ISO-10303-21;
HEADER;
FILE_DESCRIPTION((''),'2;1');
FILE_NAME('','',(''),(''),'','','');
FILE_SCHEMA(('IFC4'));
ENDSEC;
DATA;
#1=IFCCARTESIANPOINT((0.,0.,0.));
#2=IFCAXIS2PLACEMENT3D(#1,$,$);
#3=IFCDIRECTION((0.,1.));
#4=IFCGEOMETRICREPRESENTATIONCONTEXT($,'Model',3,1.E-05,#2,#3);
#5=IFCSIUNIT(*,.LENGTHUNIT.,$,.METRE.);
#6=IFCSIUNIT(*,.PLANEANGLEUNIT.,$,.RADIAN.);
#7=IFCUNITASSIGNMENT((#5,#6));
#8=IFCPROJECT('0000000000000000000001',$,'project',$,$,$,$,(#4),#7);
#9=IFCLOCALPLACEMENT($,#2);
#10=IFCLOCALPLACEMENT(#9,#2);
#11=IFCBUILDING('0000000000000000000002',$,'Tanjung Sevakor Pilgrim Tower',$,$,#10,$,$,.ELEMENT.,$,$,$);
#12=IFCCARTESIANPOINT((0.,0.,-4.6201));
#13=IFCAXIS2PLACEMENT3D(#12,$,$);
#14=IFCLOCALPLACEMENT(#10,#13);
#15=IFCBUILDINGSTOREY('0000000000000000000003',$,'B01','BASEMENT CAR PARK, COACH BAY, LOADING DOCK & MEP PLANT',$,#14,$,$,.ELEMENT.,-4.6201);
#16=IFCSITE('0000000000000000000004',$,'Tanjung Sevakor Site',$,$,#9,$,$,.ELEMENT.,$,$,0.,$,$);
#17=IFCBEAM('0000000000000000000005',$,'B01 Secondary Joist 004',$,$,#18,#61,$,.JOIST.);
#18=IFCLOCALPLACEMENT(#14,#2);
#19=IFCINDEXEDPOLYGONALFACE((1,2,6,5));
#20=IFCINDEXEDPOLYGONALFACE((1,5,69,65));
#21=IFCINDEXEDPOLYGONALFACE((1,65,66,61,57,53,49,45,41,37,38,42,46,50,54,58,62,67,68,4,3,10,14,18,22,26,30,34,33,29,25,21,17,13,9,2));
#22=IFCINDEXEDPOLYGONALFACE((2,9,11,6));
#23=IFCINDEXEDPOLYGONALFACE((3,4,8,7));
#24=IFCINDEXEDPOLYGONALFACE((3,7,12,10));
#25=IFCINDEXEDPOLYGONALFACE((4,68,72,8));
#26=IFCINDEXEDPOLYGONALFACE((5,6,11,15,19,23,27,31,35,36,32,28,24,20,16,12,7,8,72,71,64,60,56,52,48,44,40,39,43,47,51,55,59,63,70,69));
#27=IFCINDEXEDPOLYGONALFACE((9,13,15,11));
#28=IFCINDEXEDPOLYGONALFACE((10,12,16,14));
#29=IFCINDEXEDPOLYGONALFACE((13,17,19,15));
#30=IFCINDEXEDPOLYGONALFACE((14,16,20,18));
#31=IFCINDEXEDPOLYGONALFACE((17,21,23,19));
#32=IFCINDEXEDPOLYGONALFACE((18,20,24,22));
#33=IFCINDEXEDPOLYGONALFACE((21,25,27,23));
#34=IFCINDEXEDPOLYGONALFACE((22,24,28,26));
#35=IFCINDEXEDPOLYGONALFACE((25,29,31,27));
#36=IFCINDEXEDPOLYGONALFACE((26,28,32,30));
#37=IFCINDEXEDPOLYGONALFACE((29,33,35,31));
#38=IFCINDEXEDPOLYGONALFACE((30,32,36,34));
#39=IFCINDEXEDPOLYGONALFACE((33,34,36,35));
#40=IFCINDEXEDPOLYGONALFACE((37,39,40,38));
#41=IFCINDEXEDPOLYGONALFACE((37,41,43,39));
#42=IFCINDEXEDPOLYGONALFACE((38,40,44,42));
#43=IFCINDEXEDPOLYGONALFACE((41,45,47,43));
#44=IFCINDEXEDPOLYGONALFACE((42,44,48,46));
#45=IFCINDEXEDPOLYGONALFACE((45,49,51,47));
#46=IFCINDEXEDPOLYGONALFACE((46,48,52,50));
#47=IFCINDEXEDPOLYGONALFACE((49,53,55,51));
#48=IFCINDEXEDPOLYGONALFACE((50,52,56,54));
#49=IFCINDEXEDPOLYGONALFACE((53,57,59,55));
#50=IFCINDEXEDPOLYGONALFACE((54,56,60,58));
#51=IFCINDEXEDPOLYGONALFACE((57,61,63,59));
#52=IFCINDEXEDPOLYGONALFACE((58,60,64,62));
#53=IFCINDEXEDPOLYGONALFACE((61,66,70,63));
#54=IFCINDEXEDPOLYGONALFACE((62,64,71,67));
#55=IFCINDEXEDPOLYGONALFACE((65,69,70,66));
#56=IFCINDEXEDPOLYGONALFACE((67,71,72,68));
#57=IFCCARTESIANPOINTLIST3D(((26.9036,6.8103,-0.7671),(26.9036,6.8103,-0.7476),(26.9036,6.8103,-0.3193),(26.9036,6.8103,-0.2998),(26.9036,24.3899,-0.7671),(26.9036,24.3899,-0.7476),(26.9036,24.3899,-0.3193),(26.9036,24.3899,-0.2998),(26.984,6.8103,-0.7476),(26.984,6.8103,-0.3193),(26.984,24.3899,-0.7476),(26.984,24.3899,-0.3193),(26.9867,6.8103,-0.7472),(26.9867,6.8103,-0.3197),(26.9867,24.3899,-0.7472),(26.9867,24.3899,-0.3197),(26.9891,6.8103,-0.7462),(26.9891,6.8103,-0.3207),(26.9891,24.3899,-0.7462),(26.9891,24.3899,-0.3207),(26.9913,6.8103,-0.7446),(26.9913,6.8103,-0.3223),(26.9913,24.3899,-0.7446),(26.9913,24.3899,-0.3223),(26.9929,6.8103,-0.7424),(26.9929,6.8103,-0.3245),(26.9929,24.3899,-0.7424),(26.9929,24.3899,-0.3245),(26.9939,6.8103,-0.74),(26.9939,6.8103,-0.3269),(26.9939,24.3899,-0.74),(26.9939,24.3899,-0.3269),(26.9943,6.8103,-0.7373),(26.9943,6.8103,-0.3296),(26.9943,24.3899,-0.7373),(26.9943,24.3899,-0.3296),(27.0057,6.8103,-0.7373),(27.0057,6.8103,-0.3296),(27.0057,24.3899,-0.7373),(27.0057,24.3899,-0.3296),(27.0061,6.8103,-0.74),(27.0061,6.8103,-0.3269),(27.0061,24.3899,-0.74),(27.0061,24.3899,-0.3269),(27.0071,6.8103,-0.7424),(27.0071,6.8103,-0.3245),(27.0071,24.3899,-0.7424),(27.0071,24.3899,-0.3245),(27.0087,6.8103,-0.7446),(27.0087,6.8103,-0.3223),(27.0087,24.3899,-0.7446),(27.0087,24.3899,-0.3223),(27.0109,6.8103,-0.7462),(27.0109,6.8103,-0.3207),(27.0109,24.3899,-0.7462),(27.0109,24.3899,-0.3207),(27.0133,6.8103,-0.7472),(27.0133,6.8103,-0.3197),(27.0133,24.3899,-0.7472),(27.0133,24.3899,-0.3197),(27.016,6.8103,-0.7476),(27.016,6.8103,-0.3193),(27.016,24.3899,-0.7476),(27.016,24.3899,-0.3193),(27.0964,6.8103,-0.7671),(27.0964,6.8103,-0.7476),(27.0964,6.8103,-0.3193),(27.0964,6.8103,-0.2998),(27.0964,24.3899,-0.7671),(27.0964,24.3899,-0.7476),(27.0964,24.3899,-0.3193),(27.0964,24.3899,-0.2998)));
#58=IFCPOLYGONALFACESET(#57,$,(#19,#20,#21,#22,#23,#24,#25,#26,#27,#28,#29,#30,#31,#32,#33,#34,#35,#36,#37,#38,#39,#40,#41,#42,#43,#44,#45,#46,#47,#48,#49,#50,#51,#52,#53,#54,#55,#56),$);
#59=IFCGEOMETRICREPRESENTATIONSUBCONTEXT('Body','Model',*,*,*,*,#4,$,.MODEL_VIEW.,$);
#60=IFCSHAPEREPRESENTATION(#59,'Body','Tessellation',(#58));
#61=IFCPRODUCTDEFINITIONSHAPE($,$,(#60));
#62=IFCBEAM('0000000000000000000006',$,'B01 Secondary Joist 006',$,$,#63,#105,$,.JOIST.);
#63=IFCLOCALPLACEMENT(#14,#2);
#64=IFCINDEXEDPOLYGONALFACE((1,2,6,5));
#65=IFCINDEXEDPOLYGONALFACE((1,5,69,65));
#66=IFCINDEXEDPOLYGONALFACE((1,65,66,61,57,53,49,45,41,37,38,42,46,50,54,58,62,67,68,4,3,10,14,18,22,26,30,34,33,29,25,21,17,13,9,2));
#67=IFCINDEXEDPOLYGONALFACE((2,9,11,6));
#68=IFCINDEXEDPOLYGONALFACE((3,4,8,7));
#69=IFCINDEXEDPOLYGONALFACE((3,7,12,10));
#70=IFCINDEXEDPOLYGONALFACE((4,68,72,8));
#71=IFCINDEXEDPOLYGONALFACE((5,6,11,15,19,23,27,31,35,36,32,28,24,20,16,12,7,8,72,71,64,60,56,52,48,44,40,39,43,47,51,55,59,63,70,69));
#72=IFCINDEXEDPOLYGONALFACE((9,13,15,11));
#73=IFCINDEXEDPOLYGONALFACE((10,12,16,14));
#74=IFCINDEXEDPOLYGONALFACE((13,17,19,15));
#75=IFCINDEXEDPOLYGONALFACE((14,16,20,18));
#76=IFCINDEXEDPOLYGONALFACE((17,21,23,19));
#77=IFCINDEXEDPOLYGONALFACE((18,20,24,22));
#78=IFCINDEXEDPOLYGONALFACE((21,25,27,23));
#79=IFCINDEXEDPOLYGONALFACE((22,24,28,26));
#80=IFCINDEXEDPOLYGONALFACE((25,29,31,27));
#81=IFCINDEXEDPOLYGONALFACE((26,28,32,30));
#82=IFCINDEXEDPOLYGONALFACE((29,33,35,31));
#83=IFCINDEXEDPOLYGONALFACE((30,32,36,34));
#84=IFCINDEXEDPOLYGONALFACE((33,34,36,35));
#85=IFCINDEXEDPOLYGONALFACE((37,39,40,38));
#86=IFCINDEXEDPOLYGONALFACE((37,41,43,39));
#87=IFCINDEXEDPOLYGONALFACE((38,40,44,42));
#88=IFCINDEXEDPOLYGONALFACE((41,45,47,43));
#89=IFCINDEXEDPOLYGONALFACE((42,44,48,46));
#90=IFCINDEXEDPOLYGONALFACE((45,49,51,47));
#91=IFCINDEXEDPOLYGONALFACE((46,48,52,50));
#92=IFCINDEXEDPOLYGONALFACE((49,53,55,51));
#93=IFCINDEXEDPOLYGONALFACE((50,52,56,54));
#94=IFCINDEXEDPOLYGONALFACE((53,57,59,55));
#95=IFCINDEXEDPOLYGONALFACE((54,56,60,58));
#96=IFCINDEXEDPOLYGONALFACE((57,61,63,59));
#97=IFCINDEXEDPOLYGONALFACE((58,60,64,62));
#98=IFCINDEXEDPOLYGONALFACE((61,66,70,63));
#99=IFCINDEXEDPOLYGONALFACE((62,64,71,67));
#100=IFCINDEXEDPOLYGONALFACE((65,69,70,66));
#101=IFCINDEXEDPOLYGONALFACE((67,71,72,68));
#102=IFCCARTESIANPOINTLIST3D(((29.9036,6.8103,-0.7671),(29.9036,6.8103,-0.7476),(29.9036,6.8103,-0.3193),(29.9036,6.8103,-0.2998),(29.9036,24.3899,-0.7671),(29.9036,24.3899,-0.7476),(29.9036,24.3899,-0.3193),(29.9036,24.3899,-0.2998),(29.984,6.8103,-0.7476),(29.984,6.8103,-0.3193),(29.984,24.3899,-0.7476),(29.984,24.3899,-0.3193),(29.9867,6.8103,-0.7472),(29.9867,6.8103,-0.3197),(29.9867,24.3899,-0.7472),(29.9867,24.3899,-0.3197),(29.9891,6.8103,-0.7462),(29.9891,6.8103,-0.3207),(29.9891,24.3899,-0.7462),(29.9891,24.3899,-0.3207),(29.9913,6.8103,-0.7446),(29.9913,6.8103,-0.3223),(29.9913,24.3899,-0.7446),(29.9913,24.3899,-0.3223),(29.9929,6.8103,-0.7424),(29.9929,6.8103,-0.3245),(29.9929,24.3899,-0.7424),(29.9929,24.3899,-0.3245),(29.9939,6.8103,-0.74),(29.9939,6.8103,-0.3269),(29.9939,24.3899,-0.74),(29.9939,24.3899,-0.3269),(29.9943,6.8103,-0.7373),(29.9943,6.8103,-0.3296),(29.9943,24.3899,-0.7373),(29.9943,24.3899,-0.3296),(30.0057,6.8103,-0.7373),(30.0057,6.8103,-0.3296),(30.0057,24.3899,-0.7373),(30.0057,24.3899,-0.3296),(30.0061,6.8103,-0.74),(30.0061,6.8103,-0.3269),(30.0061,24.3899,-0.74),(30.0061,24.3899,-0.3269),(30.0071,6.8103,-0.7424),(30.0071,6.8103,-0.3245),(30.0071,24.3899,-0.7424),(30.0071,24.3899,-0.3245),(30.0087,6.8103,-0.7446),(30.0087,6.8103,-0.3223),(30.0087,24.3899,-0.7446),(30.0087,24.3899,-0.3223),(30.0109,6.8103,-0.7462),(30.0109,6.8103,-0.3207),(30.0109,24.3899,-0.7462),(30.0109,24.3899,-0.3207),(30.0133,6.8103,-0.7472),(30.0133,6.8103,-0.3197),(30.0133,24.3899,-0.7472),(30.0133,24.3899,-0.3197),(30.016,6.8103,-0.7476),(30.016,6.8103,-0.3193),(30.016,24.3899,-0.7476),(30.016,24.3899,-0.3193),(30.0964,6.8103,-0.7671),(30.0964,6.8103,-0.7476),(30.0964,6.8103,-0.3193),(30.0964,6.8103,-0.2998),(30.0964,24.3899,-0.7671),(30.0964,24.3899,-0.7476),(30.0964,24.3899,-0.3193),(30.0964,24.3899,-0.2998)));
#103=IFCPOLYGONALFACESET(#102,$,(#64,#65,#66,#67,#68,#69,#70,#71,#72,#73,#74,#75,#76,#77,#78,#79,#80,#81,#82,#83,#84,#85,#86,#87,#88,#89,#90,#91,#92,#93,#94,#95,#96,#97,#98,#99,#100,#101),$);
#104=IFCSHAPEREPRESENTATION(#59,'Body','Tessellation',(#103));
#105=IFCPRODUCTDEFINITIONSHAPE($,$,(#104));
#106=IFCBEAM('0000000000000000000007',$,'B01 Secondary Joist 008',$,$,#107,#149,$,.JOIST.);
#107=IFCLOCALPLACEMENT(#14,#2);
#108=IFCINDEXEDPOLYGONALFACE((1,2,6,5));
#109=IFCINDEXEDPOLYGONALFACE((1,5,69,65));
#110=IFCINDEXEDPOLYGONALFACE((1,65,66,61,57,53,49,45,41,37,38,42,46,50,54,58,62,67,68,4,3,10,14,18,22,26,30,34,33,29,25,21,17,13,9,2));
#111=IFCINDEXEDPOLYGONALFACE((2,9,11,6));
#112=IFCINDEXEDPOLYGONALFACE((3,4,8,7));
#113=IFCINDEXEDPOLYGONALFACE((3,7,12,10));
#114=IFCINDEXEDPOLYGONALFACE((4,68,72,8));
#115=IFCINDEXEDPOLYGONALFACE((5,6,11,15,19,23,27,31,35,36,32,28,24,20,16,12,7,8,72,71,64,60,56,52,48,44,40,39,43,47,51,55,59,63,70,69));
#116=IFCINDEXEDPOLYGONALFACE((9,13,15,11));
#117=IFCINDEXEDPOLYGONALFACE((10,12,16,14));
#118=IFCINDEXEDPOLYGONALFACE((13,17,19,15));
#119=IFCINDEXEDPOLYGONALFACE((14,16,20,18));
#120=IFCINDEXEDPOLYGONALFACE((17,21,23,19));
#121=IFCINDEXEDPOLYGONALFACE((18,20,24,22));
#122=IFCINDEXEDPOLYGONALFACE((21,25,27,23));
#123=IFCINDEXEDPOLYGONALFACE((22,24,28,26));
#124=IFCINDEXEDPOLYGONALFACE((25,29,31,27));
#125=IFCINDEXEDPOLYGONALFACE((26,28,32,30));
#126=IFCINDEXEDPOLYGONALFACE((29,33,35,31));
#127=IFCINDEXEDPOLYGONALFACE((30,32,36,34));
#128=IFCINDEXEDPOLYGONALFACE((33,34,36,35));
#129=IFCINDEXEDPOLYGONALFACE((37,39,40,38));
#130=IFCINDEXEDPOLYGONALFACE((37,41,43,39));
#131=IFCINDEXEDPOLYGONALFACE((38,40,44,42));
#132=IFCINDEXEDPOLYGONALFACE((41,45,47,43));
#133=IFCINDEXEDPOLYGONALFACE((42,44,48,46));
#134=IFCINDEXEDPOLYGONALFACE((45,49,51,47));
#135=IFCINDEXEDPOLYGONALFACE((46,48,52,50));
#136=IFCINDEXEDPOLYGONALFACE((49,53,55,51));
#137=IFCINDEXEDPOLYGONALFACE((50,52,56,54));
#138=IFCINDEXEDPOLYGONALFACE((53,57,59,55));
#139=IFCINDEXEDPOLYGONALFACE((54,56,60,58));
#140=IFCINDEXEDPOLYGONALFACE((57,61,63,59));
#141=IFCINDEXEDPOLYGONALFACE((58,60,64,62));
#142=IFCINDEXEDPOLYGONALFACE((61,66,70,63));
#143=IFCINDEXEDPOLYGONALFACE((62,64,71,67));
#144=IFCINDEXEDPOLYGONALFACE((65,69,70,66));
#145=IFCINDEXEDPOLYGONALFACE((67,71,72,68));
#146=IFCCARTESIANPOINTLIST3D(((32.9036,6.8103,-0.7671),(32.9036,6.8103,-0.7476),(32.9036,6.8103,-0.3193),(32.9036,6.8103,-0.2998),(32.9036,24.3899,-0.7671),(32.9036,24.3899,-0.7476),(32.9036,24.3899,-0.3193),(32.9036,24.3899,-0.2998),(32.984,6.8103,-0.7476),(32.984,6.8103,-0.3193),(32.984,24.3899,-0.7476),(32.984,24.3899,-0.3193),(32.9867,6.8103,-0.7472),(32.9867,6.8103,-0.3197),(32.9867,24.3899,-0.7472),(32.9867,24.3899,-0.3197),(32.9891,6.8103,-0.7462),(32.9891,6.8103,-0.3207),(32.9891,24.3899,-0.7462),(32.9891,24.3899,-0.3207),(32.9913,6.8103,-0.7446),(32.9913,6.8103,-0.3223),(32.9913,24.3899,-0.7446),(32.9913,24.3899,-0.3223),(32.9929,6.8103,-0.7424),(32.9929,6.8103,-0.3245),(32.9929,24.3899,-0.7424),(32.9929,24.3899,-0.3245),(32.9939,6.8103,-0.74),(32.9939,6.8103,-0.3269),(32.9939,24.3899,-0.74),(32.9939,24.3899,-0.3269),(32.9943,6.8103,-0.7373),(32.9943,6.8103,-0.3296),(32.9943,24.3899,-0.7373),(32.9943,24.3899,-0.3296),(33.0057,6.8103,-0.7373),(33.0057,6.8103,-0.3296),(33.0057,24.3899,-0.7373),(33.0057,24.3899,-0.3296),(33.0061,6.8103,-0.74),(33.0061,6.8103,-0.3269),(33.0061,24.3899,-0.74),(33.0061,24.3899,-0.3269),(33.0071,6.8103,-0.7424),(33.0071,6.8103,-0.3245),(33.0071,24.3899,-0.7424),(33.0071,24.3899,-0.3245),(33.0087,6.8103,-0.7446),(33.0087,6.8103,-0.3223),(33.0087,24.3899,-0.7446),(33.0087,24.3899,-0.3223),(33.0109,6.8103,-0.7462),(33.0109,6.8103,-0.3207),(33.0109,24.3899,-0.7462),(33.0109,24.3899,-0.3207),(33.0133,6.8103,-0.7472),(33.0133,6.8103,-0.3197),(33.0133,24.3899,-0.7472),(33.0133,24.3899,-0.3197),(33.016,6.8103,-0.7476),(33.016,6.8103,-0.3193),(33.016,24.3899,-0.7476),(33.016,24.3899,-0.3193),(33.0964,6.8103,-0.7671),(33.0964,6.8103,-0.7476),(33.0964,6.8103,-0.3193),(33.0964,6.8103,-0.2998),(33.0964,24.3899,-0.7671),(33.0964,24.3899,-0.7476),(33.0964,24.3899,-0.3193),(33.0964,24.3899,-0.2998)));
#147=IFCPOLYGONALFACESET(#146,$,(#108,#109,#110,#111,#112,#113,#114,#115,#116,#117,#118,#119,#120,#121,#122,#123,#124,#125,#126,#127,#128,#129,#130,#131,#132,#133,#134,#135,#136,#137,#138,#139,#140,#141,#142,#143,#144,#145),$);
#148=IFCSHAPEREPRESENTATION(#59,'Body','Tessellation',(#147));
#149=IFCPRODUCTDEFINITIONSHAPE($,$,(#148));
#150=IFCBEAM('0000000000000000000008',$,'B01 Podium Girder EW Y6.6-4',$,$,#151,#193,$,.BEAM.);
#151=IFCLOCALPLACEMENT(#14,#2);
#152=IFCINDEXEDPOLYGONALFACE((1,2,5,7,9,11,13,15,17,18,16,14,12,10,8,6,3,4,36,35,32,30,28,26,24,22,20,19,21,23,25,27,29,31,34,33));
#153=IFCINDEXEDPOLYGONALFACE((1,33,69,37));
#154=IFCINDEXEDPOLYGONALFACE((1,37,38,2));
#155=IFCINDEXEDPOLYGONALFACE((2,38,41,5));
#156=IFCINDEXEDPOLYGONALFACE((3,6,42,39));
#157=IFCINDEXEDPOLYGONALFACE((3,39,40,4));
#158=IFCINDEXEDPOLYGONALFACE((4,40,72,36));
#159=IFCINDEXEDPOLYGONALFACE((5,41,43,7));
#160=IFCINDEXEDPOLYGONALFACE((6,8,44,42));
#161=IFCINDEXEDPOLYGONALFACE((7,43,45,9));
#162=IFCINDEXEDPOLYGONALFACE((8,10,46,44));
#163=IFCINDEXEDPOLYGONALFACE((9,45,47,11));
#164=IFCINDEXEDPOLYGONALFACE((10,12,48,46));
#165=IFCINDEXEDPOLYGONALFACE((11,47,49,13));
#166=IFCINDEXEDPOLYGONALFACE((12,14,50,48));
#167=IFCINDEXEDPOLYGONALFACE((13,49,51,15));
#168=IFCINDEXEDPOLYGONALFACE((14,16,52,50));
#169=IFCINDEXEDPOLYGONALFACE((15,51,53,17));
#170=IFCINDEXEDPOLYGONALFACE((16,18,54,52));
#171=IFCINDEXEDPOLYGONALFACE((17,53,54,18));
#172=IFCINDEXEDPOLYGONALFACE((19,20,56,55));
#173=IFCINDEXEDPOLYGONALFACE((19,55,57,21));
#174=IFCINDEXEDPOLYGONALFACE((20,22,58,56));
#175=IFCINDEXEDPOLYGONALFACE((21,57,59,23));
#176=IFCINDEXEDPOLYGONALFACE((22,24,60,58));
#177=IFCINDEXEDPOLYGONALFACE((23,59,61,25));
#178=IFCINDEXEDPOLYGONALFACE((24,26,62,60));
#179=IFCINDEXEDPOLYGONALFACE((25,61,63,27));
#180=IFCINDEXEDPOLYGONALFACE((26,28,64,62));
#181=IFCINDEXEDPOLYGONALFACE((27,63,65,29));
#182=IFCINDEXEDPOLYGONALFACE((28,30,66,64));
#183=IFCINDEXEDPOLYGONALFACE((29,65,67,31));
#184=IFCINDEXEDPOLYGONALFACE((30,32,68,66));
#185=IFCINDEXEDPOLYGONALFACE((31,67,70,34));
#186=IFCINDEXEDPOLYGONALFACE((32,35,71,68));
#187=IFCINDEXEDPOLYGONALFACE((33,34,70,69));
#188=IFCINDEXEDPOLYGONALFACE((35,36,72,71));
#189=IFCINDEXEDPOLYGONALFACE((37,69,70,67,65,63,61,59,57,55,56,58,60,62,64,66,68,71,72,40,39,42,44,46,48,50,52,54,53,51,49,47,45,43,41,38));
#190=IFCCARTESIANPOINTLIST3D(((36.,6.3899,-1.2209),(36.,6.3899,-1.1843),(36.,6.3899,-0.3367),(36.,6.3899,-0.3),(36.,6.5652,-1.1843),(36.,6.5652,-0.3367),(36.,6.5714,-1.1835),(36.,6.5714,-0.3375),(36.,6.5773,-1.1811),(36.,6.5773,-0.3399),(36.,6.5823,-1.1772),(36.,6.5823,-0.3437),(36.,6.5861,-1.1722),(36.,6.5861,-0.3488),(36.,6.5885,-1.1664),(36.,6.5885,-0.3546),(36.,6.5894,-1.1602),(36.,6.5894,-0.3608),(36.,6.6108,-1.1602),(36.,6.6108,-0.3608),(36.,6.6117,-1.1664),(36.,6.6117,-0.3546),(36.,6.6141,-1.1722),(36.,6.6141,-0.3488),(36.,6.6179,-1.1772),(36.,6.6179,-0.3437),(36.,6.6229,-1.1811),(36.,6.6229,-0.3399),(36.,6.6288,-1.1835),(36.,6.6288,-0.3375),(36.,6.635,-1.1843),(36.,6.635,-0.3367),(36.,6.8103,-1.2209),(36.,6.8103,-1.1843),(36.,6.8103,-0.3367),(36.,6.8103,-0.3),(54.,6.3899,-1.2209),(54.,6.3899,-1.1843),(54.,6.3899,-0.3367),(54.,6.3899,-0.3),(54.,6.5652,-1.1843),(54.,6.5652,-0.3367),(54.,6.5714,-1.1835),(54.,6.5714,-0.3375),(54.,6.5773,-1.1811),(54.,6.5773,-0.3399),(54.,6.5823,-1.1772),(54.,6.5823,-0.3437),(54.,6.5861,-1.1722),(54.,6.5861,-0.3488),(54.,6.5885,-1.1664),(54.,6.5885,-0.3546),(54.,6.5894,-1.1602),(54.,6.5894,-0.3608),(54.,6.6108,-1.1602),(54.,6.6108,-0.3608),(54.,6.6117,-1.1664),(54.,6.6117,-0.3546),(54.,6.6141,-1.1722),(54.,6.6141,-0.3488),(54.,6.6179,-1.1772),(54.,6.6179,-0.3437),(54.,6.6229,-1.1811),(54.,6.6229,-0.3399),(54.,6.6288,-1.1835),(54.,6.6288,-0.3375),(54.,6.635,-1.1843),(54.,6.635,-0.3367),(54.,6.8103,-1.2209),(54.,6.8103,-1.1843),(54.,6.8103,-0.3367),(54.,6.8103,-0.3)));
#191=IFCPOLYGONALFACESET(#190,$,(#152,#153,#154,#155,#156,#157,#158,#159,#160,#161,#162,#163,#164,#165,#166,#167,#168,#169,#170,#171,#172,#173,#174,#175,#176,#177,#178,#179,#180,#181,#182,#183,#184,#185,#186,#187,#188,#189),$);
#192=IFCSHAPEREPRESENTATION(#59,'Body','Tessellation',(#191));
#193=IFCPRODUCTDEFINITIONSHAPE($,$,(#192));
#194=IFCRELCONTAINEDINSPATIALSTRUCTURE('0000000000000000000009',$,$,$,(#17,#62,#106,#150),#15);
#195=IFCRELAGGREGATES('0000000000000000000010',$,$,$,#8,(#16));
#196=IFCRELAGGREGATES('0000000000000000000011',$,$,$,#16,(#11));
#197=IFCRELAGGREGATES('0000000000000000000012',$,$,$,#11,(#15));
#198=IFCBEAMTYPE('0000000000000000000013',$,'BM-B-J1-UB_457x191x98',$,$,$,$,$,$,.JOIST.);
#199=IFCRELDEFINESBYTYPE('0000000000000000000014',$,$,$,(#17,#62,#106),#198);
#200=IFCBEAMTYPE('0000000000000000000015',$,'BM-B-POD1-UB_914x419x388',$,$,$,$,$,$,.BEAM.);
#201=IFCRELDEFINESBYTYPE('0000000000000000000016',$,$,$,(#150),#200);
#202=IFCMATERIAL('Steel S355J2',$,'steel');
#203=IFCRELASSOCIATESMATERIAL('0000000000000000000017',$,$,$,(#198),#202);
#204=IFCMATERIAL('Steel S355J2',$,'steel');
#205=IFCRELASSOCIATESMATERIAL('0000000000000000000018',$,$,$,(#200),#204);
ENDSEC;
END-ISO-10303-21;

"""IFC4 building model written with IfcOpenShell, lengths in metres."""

from ifc_helpers import new_model, si_unit, direction, frame, origin, origin_2d, place, context, subcontext, project, spatial, i_section, extrude, material, material_profile, profile_set, type_object, element, save


model = new_model("IFC4")

# Units and contexts
model_context = context("Model", 3, precision=1e-05, world=origin(), true_north=direction((0.0, 1.0)))
body_context = subcontext(model_context, "Body", "Model", "MODEL_VIEW")
ifc_project = project(units=[si_unit("LENGTHUNIT", "METRE"), si_unit("PLANEANGLEUNIT", "RADIAN")], contexts=[model_context])

# Site, building, storey
site_placement = place(None, origin())
site = spatial("IfcSite", under=ifc_project, at=site_placement, Name="Tanjung Sevakor Site", CompositionType="ELEMENT", RefElevation=0.0)
building_placement = place(site_placement, origin())
building = spatial("IfcBuilding", under=site, at=building_placement, Name="Tanjung Sevakor Pilgrim Tower", CompositionType="ELEMENT")
storey_placement = place(building_placement, frame((0.0, 0.0, -4.6201)))
storey = spatial("IfcBuildingStorey", under=building, at=storey_placement, Name="B01", Description="BASEMENT CAR PARK, COACH BAY, LOADING DOCK & MEP PLANT", CompositionType="ELEMENT", Elevation=-4.6201)

# Beams
ifc_material_1 = material(Name="Steel S355J2", Category="steel")
ifc_material_profile_1 = material_profile(ifc_material_1, i_section(OverallWidth=0.1929, OverallDepth=0.4673, WebThickness=0.0115, FlangeThickness=0.0195, FilletRadius=0.0103, at=origin_2d()))
ifc_profile_set_1 = profile_set([ifc_material_profile_1], Name="Steel S355J2")
beam_type_1 = type_object("IfcBeamType", Name="BM-B-J1-UB_457x191x98", PredefinedType="JOIST", material=ifc_profile_set_1)
for number, where, z_axis, x_axis, name in (
    (1, (27.0, 6.8103, -0.5334), (0.0, 1.0, 0.0), (-1.0, 0.0, 0.0), "B01 Secondary Joist 004"),
    (2, (30.0, 6.8103, -0.5334), (0.0, 1.0, 0.0), (-1.0, 0.0, 0.0), "B01 Secondary Joist 006"),
    (3, (33.0, 6.8103, -0.5334), (0.0, 1.0, 0.0), (-1.0, 0.0, 0.0), "B01 Secondary Joist 008"),
):
    element("IfcBeam", number, at=place(storey_placement, frame(where, z_axis=z_axis, x_axis=x_axis)), inside=storey, type_object=beam_type_1, Name=name, PredefinedType="JOIST", context=body_context, shape_type="SweptSolid", body=[
        extrude(i_section(OverallWidth=0.1929, OverallDepth=0.4673, WebThickness=0.0115, FlangeThickness=0.0195, FilletRadius=0.0103, at=origin_2d()), origin(), (0.0, 0.0, 1.0), 17.5796),
    ])
ifc_material_2 = material(Name="Steel S355J2", Category="steel")
ifc_material_profile_2 = material_profile(ifc_material_2, i_section(OverallWidth=0.4204, OverallDepth=0.9209, WebThickness=0.0215, FlangeThickness=0.0366, FilletRadius=0.0242, at=origin_2d()))
ifc_profile_set_2 = profile_set([ifc_material_profile_2], Name="Steel S355J2")
beam_type_2 = type_object("IfcBeamType", Name="BM-B-POD1-UB_914x419x388", PredefinedType="BEAM", material=ifc_profile_set_2)
beam_1_placement = place(storey_placement, frame((36.0, 6.6001, -0.7605), z_axis=(1.0, 0.0, 0.0), x_axis=(0.0, 1.0, 0.0)))
element("IfcBeam", 4, at=beam_1_placement, inside=storey, type_object=beam_type_2, Name="B01 Podium Girder EW Y6.6-4", PredefinedType="BEAM", context=body_context, shape_type="SweptSolid", body=[
    extrude(i_section(OverallWidth=0.4204, OverallDepth=0.9209, WebThickness=0.0215, FlangeThickness=0.0366, FilletRadius=0.0242, at=origin_2d()), origin(), (0.0, 0.0, 1.0), 18.0),
])

save(model, "model.ifc")
